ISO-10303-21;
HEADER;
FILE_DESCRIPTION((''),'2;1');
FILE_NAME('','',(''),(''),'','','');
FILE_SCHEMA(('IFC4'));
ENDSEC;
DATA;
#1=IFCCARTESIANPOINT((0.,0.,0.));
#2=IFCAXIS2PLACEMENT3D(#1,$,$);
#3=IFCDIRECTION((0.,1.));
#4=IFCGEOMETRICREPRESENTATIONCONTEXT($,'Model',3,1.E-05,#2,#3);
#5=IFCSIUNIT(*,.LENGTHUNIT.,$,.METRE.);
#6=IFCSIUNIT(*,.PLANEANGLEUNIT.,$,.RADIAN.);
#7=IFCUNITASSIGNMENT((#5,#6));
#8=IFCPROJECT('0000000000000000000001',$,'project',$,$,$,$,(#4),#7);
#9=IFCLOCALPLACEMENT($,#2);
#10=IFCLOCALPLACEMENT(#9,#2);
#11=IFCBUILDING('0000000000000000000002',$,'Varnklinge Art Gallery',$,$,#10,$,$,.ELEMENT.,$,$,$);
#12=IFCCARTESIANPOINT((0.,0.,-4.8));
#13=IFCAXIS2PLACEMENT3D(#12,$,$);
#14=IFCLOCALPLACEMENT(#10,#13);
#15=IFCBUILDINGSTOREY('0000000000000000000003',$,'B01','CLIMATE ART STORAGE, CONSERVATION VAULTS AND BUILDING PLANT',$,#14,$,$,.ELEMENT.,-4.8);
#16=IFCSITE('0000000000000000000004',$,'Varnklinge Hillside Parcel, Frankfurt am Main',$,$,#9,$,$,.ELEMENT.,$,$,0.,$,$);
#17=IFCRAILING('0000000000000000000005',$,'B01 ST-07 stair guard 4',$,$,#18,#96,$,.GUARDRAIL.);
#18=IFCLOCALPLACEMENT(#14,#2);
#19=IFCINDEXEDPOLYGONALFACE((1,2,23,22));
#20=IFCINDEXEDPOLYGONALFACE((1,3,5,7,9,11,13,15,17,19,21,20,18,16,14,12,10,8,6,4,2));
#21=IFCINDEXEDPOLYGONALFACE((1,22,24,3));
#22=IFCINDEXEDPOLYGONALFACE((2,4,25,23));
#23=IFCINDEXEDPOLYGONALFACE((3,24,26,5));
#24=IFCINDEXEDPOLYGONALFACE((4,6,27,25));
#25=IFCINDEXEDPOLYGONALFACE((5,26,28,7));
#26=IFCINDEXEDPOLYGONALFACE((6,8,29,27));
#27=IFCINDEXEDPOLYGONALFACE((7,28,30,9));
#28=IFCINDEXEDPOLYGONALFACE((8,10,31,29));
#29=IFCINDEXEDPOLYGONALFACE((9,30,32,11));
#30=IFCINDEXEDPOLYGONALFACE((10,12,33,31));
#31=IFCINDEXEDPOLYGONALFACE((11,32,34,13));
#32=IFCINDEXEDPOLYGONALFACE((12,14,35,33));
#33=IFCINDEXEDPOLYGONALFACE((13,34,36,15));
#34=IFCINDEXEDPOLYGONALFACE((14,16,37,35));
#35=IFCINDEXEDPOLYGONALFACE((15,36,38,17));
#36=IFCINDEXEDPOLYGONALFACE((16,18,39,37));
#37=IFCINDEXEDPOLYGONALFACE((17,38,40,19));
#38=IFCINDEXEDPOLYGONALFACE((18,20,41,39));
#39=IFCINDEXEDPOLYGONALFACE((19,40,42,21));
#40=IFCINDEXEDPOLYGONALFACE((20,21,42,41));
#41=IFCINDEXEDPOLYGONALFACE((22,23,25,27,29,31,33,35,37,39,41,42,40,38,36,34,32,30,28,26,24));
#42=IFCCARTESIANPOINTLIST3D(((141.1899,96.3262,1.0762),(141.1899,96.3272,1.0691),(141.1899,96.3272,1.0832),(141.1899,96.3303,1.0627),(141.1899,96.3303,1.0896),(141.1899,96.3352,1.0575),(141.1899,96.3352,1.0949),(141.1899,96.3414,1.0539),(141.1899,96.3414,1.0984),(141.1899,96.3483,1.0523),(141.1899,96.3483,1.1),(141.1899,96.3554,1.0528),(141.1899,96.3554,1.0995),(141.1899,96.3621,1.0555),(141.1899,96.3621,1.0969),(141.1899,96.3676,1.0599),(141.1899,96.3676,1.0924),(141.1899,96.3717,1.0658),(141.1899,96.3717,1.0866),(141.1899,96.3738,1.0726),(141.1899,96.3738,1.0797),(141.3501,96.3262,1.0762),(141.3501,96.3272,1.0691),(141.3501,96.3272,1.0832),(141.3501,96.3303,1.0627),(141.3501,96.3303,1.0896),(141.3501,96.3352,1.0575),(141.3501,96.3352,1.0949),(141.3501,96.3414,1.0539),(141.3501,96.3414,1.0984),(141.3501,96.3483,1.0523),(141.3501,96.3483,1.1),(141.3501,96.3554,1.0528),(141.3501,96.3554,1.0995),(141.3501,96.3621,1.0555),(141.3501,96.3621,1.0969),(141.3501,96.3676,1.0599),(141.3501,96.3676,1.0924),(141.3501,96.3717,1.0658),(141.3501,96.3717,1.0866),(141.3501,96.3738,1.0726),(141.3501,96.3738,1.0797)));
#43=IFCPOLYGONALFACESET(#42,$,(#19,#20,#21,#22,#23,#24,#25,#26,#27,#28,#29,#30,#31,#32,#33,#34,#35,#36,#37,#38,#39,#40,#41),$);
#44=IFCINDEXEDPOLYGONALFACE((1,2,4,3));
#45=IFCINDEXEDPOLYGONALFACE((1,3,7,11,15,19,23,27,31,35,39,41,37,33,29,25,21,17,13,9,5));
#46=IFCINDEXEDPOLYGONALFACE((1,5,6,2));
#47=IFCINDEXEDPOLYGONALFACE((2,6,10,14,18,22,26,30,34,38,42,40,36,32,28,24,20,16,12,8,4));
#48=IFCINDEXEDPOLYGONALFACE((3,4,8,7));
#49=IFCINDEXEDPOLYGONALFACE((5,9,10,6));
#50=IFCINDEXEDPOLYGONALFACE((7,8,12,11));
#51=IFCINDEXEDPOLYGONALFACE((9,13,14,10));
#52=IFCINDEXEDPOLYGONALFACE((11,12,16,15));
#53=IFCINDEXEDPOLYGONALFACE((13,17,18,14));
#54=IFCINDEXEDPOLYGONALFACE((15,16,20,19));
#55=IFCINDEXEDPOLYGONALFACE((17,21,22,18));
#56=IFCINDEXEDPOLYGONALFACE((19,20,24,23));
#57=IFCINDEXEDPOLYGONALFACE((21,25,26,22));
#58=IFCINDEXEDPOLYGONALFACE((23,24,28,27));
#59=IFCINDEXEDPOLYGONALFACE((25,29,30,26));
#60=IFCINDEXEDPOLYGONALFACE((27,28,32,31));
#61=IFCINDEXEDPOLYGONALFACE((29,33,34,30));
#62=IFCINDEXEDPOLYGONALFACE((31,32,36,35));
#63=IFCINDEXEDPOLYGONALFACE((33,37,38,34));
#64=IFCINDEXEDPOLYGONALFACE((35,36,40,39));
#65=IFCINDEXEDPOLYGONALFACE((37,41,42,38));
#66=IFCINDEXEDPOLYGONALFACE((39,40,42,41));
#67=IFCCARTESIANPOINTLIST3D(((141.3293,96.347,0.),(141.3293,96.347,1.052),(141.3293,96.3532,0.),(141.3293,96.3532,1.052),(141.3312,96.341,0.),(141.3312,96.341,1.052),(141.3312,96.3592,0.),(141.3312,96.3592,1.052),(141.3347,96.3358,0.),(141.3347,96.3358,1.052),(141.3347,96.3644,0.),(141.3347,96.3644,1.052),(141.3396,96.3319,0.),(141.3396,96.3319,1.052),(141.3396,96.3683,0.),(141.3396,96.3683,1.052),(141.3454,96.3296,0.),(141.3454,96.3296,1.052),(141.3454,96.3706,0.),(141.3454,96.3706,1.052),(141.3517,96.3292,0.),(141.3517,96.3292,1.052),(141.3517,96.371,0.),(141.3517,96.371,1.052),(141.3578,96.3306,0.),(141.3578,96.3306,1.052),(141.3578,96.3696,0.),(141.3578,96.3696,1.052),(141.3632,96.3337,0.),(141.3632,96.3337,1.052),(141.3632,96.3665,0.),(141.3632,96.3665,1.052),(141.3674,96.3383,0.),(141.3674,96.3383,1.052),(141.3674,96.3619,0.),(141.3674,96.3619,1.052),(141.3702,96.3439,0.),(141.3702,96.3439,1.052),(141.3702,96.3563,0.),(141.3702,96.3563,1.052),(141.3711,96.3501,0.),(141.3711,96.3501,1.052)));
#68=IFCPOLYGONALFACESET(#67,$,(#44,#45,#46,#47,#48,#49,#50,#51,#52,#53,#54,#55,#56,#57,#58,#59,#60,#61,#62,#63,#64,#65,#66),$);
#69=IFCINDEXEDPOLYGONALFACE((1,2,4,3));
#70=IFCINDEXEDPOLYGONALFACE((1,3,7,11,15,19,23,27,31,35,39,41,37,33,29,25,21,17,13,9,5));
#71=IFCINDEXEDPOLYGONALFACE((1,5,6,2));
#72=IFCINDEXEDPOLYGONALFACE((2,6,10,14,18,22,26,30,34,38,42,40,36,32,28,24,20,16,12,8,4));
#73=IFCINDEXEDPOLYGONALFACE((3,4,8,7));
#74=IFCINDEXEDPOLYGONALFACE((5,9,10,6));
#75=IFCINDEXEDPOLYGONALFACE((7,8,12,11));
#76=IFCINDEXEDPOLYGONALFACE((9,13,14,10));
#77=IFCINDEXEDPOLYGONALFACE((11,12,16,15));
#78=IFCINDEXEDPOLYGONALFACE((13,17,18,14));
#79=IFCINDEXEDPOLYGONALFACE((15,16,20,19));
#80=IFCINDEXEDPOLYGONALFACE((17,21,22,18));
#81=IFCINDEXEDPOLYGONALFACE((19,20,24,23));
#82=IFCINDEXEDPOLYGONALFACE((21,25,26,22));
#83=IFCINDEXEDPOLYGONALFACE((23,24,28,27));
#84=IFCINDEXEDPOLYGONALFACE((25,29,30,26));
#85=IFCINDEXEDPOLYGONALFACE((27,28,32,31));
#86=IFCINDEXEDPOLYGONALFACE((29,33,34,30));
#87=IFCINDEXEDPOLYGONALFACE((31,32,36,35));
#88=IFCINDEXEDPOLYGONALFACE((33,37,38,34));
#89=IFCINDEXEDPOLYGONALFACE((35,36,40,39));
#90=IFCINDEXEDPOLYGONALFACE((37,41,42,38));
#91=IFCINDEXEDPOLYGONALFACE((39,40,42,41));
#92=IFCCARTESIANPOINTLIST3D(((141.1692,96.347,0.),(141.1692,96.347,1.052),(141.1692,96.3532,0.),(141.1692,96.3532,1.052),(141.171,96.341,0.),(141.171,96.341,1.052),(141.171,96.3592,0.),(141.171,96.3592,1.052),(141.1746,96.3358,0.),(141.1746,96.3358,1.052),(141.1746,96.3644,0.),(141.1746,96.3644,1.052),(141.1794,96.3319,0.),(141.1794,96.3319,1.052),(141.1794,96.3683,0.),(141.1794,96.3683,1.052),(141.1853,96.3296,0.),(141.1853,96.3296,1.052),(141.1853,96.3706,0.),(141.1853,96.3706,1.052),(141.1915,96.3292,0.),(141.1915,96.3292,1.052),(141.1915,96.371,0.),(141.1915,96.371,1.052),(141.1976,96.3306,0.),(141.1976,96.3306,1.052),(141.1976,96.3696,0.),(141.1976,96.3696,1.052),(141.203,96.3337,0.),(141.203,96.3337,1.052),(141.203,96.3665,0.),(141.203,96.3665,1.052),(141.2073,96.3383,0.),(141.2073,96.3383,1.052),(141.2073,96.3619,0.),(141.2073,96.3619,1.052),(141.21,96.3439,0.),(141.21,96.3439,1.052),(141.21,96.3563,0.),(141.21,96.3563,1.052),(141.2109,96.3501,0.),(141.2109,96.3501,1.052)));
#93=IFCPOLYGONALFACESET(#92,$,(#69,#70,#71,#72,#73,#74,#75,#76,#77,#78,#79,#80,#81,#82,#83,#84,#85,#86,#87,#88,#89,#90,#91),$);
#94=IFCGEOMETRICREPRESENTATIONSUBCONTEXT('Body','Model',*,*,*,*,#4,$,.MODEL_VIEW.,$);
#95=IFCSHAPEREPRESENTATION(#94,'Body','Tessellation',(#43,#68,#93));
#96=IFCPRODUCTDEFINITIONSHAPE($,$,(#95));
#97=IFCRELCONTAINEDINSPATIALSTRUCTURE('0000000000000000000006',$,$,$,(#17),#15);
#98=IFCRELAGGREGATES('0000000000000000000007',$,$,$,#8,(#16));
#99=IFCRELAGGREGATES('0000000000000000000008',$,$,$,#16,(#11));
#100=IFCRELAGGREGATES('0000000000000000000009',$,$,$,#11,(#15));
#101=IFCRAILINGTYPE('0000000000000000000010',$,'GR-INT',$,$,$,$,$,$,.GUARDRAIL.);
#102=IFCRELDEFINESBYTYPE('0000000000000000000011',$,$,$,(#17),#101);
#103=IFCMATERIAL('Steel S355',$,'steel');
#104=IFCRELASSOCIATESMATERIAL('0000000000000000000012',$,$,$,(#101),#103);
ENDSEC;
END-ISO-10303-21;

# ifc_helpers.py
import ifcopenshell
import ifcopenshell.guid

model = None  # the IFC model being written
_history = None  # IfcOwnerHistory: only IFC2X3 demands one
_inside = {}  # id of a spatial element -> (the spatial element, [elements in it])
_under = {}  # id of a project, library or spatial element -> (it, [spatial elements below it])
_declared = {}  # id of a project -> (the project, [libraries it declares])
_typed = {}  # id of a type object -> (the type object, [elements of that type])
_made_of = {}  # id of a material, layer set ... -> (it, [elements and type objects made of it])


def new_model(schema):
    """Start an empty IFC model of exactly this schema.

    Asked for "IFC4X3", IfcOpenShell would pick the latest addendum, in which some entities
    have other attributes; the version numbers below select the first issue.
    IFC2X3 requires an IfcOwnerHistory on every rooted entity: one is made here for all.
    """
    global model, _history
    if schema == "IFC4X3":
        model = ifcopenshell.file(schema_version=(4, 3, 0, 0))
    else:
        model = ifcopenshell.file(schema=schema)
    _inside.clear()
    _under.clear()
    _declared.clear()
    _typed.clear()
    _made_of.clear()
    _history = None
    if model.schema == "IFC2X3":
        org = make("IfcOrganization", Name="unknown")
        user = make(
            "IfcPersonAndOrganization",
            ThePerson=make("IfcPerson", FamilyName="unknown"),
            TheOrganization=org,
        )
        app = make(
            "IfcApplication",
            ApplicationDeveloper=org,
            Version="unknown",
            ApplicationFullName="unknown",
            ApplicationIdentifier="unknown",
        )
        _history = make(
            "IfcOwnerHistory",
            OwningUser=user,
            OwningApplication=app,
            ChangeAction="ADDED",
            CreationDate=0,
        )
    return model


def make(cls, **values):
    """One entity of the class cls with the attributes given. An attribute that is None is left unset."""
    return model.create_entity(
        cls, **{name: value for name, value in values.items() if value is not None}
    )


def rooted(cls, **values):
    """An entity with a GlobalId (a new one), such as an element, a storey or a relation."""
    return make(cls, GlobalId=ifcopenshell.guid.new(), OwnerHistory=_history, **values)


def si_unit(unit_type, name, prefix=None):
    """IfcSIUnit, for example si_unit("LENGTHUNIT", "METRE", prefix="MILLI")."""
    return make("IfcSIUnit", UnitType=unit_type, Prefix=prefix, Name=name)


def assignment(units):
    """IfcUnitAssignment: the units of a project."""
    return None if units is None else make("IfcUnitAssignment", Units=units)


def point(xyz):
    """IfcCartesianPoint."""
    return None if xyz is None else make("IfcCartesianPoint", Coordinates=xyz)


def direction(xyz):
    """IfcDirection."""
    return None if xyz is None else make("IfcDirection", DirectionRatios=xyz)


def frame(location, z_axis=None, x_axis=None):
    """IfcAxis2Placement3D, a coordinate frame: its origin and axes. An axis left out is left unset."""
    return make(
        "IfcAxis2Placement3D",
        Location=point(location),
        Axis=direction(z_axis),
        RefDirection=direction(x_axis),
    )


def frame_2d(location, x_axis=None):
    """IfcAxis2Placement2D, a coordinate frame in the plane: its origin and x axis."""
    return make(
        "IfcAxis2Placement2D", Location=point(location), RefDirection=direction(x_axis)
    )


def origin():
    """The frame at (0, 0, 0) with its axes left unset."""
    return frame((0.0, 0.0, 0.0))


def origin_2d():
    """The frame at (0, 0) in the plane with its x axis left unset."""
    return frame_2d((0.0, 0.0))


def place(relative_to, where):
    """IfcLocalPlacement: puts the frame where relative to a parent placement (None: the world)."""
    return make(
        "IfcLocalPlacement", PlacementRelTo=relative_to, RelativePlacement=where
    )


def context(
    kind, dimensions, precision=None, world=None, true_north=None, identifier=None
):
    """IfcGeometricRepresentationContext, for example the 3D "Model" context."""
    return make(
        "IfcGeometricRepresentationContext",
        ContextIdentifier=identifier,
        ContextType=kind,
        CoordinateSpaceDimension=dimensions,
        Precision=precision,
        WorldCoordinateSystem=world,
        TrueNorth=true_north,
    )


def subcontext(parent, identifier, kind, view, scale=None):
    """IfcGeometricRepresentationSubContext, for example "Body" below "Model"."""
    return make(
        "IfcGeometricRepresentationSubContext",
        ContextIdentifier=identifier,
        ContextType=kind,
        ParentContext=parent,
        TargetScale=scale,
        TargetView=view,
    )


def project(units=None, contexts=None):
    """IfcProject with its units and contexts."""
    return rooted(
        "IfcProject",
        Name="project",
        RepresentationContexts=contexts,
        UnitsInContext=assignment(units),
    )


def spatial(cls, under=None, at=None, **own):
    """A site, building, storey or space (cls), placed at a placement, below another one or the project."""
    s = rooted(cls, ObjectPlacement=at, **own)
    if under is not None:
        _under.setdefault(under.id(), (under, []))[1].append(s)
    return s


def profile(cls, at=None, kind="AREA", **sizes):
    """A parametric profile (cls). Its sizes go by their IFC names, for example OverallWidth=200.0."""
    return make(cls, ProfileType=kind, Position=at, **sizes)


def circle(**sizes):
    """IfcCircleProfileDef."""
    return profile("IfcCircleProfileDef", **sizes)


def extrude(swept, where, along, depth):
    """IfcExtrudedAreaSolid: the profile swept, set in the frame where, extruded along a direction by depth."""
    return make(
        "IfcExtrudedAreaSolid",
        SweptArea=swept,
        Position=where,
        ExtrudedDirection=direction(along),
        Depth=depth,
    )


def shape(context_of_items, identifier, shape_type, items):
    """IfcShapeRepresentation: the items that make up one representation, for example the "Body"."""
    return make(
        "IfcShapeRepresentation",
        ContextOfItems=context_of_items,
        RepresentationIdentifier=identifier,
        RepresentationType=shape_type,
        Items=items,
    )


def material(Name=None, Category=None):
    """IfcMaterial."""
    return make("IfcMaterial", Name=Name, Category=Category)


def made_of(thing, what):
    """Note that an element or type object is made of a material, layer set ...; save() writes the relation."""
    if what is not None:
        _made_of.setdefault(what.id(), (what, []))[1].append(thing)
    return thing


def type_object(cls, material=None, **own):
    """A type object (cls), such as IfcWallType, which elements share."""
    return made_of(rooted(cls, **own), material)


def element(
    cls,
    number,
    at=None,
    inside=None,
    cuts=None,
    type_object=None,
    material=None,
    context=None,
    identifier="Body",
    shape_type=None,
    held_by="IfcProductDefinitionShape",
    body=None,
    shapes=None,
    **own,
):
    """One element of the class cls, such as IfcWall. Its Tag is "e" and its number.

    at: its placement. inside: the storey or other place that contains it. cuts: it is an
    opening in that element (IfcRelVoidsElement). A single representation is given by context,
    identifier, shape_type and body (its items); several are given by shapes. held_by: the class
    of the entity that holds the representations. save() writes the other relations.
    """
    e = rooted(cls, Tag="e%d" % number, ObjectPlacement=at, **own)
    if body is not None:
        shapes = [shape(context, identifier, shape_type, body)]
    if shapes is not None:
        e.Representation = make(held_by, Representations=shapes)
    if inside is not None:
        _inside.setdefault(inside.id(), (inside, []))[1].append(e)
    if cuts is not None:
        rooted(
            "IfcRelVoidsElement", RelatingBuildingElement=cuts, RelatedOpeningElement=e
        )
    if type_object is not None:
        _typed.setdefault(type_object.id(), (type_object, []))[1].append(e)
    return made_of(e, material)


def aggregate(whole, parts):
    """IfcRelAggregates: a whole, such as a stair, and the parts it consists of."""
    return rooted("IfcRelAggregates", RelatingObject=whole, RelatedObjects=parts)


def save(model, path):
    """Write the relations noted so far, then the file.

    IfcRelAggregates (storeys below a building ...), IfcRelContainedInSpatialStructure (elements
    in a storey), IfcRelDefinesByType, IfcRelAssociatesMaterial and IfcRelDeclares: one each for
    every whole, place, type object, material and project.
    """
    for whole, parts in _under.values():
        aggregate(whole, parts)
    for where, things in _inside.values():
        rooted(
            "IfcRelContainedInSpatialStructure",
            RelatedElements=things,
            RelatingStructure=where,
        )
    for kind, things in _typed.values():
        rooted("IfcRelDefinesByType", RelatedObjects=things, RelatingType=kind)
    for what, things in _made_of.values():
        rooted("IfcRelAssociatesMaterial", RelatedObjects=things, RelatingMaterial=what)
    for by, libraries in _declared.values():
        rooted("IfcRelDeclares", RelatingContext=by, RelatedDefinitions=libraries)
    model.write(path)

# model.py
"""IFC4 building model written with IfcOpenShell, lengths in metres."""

from ifc_helpers import new_model, si_unit, direction, frame, origin, origin_2d, place, context, subcontext, project, spatial, circle, extrude, material, type_object, element, save


model = new_model("IFC4")

# Units and contexts
model_context = context("Model", 3, precision=1e-05, world=origin(), true_north=direction((0.0, 1.0)))
body_context = subcontext(model_context, "Body", "Model", "MODEL_VIEW")
ifc_project = project(units=[si_unit("LENGTHUNIT", "METRE"), si_unit("PLANEANGLEUNIT", "RADIAN")], contexts=[model_context])

# Site, building, storey
site_placement = place(None, origin())
site = spatial("IfcSite", under=ifc_project, at=site_placement, Name="Varnklinge Hillside Parcel, Frankfurt am Main", CompositionType="ELEMENT", RefElevation=0.0)
building_placement = place(site_placement, origin())
building = spatial("IfcBuilding", under=site, at=building_placement, Name="Varnklinge Art Gallery", CompositionType="ELEMENT")
storey_placement = place(building_placement, frame((0.0, 0.0, -4.8)))
storey = spatial("IfcBuildingStorey", under=building, at=storey_placement, Name="B01", Description="CLIMATE ART STORAGE, CONSERVATION VAULTS AND BUILDING PLANT", CompositionType="ELEMENT", Elevation=-4.8)

# Railing
ifc_material_1 = material(Name="Steel S355", Category="steel")
railing_type_1 = type_object("IfcRailingType", Name="GR-INT", PredefinedType="GUARDRAIL", material=ifc_material_1)
railing_1_placement = place(storey_placement, frame((141.3501, 96.3501, 0.0)))
element("IfcRailing", 1, at=railing_1_placement, inside=storey, type_object=railing_type_1, Name="B01 ST-07 stair guard 4", PredefinedType="GUARDRAIL", context=body_context, shape_type="SweptSolid", body=[
    extrude(circle(Radius=0.0239, at=origin_2d()), frame((0.0, 0.0, 1.0762), z_axis=(-1.0, 0.0, 0.0), x_axis=(0.0, -1.0, 0.0)), (0.0, 0.0, 1.0), 0.1602),
    extrude(circle(Radius=0.021, at=origin_2d()), origin(), (0.0, 0.0, 1.0), 1.052),
    extrude(circle(Radius=0.021, at=origin_2d()), frame((-0.1602, 0.0, 0.0)), (0.0, 0.0, 1.0), 1.052),
])

save(model, "model.ifc")
